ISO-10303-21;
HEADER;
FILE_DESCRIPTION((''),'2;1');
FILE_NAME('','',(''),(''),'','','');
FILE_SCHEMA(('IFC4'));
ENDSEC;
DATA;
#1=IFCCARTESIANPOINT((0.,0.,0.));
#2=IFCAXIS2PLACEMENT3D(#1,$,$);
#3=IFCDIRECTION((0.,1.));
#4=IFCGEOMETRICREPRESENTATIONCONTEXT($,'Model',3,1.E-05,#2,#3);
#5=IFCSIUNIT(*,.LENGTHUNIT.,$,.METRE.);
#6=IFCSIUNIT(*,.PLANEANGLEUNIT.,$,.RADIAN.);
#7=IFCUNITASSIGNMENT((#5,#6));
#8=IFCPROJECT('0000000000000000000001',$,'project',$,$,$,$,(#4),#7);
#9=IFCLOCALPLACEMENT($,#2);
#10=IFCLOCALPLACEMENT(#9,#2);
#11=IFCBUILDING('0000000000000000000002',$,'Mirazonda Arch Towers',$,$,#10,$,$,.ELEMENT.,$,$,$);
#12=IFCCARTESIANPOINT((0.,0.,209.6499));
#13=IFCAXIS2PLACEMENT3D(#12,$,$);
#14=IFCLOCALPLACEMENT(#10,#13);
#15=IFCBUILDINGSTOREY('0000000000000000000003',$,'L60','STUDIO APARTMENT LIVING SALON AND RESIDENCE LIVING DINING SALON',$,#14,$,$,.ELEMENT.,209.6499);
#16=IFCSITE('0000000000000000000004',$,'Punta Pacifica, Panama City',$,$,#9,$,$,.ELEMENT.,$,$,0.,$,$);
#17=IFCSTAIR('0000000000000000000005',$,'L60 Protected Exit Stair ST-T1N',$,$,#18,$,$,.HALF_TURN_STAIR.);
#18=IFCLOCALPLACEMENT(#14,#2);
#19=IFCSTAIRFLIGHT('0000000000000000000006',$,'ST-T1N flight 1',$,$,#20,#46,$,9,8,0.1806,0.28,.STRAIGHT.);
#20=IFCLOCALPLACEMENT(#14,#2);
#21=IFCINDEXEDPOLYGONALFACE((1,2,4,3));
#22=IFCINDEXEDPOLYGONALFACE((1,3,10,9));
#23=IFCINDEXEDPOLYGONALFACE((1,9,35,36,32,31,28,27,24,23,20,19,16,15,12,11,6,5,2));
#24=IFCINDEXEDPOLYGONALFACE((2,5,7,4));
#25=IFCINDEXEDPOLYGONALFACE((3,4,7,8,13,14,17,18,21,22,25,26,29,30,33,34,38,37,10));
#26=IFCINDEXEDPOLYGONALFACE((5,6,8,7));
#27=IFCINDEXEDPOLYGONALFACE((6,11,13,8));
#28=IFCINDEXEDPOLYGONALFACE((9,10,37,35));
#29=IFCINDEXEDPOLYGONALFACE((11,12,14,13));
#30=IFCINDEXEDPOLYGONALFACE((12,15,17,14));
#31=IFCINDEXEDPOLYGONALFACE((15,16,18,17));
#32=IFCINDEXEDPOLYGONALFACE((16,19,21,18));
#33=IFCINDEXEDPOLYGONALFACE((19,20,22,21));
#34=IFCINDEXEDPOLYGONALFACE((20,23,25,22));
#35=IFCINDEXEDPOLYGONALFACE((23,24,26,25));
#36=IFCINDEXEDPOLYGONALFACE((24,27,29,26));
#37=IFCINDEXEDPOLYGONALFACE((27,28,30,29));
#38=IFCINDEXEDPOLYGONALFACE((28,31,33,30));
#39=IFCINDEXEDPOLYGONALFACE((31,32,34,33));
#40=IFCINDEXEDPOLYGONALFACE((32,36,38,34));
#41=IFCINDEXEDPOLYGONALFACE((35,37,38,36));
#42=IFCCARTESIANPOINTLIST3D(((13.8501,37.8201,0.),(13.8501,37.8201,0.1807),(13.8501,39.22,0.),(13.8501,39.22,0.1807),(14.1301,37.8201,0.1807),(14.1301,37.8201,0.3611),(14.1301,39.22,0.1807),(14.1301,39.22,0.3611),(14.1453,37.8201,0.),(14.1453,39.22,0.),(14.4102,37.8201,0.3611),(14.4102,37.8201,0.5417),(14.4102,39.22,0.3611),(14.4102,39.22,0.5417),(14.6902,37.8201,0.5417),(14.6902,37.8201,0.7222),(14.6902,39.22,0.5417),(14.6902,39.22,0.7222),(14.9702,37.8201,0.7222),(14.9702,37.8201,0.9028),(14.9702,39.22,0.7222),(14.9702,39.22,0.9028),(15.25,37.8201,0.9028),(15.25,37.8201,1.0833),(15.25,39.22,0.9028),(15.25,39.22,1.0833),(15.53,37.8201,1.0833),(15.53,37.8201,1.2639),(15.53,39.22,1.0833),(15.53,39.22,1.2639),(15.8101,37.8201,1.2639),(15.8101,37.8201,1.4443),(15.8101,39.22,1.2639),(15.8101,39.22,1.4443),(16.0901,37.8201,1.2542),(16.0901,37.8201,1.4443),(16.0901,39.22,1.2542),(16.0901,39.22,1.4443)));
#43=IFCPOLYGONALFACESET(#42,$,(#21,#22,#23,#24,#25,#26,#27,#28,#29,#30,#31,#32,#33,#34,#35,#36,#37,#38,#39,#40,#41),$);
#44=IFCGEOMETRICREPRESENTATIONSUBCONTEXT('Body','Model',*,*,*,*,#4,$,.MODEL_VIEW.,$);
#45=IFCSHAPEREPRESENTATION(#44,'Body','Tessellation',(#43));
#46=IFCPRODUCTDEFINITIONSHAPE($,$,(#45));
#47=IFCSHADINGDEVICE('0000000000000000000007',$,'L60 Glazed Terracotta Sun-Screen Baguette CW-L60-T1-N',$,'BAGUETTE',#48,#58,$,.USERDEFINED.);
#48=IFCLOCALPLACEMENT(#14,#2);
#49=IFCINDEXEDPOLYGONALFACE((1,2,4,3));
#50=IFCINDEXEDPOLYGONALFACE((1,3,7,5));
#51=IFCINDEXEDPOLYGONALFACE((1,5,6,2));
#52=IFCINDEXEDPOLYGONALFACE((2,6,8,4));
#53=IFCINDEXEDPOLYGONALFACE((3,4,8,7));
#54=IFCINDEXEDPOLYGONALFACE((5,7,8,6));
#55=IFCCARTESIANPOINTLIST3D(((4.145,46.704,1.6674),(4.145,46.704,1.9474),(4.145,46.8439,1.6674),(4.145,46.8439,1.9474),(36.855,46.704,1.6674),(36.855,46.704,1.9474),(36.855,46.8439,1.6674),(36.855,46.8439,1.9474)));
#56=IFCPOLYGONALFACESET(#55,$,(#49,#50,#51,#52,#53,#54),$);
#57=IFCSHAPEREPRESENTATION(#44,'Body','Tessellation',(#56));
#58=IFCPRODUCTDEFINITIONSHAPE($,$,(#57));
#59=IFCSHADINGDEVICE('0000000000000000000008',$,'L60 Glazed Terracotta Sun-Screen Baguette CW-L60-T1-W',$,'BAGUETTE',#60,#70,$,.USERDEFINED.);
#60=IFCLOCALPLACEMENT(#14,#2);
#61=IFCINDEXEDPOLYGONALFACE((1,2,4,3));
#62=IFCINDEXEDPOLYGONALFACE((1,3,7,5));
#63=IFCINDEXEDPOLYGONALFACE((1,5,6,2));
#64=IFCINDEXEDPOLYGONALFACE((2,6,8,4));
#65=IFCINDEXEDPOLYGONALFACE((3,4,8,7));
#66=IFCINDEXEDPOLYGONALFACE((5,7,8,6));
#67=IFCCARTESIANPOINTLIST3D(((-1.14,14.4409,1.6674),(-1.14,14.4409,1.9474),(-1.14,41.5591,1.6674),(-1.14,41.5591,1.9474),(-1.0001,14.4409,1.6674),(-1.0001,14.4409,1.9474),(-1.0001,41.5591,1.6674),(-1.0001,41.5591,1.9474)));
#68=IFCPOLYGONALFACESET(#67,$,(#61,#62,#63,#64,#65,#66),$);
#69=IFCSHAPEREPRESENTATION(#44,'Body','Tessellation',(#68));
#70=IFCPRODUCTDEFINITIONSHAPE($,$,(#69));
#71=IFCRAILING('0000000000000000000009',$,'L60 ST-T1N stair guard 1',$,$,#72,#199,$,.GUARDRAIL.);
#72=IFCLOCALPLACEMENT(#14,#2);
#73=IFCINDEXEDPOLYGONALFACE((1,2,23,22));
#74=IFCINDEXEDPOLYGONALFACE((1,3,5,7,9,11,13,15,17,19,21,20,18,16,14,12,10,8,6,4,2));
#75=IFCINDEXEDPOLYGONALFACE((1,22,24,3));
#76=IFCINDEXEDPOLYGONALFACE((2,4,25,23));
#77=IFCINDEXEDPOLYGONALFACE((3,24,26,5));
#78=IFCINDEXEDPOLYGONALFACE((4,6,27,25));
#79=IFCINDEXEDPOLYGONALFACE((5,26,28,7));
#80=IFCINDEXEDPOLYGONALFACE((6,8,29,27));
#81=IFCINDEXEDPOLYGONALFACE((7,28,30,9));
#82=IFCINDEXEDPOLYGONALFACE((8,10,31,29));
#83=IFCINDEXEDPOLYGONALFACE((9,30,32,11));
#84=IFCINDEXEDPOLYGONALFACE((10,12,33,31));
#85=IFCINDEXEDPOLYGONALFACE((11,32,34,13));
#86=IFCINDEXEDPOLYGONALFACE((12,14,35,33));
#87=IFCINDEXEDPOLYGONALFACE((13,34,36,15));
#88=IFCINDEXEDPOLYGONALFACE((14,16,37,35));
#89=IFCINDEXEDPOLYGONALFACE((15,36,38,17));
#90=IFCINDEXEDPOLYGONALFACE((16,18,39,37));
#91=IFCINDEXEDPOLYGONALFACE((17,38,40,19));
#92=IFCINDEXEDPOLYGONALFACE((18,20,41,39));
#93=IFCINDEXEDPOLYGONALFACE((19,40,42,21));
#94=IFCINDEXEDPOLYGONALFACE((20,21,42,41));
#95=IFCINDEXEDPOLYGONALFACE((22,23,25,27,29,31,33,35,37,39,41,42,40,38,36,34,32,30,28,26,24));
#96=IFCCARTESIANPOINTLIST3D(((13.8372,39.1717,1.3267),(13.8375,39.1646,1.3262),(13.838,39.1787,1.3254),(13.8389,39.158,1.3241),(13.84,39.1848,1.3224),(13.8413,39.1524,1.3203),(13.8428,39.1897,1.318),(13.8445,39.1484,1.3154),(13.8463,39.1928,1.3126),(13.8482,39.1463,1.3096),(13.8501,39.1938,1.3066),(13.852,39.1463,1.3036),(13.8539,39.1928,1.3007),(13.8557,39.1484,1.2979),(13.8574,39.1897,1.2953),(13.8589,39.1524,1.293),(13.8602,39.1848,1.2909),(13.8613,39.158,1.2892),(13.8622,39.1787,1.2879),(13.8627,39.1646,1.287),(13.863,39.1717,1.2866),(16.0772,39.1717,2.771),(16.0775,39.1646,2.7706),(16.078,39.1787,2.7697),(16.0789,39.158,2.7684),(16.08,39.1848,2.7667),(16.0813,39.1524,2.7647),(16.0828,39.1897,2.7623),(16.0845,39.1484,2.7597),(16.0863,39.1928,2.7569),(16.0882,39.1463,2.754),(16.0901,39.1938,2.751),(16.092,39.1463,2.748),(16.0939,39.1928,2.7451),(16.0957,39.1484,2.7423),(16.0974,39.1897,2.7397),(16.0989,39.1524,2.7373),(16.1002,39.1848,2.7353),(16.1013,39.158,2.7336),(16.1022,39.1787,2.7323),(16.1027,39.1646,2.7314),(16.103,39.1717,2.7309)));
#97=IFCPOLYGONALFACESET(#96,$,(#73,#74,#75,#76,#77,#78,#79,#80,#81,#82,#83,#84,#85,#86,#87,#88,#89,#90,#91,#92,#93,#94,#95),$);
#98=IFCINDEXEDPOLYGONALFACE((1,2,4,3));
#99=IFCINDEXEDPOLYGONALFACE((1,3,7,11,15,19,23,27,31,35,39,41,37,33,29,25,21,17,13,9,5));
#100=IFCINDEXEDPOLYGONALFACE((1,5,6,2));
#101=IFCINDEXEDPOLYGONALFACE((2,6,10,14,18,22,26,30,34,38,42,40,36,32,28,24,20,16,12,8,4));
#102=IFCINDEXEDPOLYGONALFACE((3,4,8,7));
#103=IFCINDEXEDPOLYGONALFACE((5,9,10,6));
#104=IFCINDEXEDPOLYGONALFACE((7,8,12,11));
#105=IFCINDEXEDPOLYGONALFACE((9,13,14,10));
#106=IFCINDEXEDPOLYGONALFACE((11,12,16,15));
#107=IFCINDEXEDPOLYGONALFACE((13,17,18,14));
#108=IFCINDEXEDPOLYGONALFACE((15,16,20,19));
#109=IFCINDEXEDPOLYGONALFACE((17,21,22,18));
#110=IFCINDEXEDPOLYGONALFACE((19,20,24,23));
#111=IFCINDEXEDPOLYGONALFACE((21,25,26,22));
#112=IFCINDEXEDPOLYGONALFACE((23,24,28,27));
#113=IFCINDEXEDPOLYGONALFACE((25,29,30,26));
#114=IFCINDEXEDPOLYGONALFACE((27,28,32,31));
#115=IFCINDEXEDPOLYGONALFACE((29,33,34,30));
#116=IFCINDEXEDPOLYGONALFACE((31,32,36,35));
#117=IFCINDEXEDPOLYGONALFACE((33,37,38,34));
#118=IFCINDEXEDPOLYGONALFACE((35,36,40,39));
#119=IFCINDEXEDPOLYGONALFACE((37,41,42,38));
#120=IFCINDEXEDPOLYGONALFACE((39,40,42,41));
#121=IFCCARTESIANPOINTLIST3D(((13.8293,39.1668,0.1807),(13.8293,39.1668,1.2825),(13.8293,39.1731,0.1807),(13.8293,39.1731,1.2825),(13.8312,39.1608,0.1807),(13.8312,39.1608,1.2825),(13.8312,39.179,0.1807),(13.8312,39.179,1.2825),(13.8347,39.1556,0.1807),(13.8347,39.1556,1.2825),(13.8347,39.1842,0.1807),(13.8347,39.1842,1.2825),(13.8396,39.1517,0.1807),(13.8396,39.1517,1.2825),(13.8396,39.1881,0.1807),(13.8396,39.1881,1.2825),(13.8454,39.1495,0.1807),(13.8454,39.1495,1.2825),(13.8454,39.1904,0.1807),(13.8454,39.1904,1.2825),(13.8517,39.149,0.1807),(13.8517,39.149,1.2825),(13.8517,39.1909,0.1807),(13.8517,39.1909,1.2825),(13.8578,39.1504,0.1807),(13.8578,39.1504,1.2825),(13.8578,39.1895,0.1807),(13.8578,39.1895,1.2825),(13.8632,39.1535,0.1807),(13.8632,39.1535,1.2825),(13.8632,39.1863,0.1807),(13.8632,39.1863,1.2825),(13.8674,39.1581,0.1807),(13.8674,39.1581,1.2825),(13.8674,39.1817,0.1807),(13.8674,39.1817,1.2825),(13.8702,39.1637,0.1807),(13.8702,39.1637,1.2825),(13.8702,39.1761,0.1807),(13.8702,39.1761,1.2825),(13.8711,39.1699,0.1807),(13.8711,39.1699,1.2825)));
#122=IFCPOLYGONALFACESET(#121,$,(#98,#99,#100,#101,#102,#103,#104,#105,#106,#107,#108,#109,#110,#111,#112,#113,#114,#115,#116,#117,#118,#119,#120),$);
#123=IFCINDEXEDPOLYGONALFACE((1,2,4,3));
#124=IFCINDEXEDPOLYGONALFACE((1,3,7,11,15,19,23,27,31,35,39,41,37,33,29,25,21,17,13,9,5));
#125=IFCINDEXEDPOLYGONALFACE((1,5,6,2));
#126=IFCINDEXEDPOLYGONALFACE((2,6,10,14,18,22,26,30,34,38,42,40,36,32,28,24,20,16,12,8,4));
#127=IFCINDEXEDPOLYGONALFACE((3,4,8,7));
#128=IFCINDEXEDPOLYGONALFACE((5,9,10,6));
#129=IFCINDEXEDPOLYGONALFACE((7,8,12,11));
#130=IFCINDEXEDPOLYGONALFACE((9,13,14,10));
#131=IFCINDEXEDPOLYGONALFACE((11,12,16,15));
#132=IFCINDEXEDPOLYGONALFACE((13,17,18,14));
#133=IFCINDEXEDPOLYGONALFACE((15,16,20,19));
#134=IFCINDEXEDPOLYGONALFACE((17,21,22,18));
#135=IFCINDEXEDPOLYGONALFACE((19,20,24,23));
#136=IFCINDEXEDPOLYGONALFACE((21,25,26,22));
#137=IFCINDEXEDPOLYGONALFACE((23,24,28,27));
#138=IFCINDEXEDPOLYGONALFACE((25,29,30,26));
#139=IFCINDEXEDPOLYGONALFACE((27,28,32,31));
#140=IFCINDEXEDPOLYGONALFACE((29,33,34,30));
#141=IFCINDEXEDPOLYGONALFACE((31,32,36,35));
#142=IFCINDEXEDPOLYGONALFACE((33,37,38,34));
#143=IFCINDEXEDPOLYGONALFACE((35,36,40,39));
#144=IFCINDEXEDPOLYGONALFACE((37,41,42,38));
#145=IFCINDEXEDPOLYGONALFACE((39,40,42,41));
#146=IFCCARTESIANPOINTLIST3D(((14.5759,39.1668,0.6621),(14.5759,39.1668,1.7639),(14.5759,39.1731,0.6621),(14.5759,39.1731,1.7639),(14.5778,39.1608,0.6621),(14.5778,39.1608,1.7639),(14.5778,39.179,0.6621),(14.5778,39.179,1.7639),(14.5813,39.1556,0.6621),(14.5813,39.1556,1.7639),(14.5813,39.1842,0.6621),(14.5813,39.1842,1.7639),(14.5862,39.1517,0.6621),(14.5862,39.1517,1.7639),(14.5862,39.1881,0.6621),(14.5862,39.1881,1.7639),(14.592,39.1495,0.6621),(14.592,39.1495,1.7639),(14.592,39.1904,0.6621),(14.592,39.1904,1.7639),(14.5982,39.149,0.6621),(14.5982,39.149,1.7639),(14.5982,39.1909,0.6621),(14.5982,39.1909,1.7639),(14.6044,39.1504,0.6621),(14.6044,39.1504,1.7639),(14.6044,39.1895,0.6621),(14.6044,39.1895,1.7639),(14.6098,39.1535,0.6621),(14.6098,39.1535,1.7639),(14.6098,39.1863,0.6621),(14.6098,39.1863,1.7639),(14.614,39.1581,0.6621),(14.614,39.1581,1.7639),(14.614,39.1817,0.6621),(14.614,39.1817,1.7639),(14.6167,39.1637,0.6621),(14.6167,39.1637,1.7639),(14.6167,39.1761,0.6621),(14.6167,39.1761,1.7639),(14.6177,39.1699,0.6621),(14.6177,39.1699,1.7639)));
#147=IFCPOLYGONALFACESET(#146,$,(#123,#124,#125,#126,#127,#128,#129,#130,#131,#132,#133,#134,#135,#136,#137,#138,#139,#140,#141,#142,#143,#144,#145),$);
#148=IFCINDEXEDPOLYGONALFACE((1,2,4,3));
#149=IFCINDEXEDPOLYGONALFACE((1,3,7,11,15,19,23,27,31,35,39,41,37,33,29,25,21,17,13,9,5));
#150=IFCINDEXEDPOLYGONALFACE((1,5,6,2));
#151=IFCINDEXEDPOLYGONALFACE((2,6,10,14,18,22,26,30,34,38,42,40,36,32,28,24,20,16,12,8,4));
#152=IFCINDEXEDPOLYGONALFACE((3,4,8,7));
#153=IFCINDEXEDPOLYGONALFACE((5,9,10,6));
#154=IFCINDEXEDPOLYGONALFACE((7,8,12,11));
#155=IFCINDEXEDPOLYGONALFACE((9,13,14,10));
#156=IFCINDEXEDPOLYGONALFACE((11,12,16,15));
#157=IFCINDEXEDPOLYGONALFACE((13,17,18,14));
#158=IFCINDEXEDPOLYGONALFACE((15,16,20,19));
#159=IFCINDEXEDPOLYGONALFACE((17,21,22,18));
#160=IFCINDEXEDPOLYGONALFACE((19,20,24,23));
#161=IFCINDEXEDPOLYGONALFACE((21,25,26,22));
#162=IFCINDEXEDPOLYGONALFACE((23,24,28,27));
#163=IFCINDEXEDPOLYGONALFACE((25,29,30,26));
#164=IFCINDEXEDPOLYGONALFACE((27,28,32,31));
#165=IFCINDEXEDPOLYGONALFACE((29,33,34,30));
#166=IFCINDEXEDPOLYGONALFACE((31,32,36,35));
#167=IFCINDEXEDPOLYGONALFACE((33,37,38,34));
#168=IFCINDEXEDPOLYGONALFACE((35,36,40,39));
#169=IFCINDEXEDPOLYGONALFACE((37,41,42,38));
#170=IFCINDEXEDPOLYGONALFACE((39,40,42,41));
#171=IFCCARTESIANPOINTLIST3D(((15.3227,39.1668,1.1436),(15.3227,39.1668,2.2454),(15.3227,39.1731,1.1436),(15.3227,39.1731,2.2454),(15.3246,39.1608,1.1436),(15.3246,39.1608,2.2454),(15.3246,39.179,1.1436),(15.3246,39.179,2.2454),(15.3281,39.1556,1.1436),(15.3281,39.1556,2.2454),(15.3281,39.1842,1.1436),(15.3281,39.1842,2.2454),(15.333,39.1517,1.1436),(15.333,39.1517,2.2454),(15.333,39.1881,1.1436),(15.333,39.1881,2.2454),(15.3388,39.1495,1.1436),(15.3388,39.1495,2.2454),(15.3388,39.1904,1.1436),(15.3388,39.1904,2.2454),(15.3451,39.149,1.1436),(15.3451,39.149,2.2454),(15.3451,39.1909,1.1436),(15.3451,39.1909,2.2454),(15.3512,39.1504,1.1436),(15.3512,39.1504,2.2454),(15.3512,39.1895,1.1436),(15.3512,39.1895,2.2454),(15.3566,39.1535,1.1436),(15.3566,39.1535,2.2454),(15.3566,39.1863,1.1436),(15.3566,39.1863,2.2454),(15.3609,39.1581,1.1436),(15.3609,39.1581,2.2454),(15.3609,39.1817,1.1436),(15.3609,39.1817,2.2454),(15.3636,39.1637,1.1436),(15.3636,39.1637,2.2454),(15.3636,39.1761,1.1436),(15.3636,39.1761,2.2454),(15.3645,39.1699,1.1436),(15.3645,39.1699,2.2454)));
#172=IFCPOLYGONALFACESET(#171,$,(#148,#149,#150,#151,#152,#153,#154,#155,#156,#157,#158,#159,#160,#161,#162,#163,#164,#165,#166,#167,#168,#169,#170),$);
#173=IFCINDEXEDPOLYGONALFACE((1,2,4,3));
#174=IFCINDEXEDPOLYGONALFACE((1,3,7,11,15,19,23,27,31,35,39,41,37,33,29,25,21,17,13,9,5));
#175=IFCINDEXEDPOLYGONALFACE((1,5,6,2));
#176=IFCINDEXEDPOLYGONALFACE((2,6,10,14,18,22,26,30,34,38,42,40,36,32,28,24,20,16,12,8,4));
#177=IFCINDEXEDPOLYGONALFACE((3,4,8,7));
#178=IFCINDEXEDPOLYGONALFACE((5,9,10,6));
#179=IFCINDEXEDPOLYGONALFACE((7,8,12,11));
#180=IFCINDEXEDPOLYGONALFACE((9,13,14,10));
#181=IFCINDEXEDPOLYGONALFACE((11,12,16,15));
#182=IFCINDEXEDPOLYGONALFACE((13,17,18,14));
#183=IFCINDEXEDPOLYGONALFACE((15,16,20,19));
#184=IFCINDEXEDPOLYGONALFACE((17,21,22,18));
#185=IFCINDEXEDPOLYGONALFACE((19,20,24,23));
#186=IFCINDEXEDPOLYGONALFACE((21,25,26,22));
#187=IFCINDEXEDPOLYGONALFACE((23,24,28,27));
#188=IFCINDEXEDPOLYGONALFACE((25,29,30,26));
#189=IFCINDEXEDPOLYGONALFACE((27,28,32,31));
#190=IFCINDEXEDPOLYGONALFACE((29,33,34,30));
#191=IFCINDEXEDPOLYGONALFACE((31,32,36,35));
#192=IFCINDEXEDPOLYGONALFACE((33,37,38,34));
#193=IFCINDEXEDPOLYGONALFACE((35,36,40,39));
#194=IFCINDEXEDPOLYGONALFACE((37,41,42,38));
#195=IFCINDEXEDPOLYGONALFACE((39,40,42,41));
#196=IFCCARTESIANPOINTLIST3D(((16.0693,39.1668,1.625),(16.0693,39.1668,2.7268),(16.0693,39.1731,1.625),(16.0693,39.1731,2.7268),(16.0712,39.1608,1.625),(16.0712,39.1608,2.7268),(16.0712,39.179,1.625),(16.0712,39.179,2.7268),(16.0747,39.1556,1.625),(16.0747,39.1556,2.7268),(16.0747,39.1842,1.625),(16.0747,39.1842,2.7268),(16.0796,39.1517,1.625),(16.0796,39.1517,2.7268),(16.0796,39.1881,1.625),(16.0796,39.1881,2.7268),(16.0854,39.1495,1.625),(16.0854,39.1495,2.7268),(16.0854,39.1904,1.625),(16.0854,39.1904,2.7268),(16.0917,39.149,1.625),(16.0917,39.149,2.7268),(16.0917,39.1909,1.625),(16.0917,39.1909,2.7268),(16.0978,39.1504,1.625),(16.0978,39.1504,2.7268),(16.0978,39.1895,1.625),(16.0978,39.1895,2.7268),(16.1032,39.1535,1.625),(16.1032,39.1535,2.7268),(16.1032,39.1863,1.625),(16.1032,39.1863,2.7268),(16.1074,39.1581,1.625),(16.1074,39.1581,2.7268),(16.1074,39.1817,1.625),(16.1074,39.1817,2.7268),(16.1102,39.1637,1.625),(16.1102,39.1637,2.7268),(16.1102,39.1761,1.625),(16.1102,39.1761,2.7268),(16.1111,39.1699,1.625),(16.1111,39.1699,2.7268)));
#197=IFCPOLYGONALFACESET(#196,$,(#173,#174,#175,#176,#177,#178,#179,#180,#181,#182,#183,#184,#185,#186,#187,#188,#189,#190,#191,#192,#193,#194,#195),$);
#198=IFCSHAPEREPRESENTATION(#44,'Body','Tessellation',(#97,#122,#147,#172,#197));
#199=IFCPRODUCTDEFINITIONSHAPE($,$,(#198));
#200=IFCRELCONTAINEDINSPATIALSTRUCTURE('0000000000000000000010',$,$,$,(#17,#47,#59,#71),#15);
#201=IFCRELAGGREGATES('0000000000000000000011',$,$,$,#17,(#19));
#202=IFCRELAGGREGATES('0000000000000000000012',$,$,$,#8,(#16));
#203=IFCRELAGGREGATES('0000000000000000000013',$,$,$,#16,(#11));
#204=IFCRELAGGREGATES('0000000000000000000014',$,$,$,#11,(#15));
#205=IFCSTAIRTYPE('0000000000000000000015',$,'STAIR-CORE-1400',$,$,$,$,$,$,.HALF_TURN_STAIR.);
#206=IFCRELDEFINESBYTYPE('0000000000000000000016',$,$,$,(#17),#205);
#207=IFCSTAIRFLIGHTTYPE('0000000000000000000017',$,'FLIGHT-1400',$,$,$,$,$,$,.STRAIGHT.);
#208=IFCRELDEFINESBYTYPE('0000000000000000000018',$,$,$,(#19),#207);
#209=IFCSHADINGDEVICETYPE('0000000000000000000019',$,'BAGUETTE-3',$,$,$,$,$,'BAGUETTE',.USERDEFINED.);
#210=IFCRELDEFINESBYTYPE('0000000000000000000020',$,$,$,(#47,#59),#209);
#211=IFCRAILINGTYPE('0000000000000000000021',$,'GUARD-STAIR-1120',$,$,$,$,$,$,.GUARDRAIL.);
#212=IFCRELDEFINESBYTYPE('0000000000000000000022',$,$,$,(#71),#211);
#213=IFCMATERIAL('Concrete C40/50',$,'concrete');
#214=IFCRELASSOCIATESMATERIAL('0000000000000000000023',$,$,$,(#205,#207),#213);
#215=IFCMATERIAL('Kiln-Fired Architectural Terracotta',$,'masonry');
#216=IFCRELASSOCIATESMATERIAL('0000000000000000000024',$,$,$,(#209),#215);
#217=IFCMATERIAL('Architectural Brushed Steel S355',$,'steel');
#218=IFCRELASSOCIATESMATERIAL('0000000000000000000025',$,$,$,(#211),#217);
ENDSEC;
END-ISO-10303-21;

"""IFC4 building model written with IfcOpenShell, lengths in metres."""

from ifc_helpers import new_model, si_unit, direction, frame, origin, origin_2d, place, context, subcontext, project, spatial, polyline, rectangle, circle, outline, extrude, material, material_profile, profile_set, type_object, element, aggregate, save


model = new_model("IFC4")

# Units and contexts
model_context = context("Model", 3, precision=1e-05, world=origin(), true_north=direction((0.0, 1.0)))
body_context = subcontext(model_context, "Body", "Model", "MODEL_VIEW")
ifc_project = project(units=[si_unit("LENGTHUNIT", "METRE"), si_unit("PLANEANGLEUNIT", "RADIAN")], contexts=[model_context])

# Site, building, storey
site_placement = place(None, origin())
site = spatial("IfcSite", under=ifc_project, at=site_placement, Name="Punta Pacifica, Panama City", CompositionType="ELEMENT", RefElevation=0.0)
building_placement = place(site_placement, origin())
building = spatial("IfcBuilding", under=site, at=building_placement, Name="Mirazonda Arch Towers", CompositionType="ELEMENT")
storey_placement = place(building_placement, frame((0.0, 0.0, 209.6499)))
storey = spatial("IfcBuildingStorey", under=building, at=storey_placement, Name="L60", Description="STUDIO APARTMENT LIVING SALON AND RESIDENCE LIVING DINING SALON", CompositionType="ELEMENT", Elevation=209.6499)

# Shared definitions
ifc_material_1 = material(Name="Architectural Brushed Steel S355", Category="steel")

# Stair, stair flight
ifc_material_2 = material(Name="Concrete C40/50", Category="concrete")
stair_type = type_object("IfcStairType", Name="STAIR-CORE-1400", PredefinedType="HALF_TURN_STAIR", material=ifc_material_2)
stair_placement = place(storey_placement, origin())
stair = element("IfcStair", 1, at=stair_placement, inside=storey, type_object=stair_type, Name="L60 Protected Exit Stair ST-T1N", PredefinedType="HALF_TURN_STAIR")
stair_flight_type = type_object("IfcStairFlightType", Name="FLIGHT-1400", PredefinedType="STRAIGHT", material=ifc_material_2)
stair_flight_placement = place(storey_placement, frame((13.8501, 38.52, 0.0), z_axis=(0.0, 0.0, 1.0), x_axis=(1.0, 0.0, 0.0)))
stair_flight = element("IfcStairFlight", 2, at=stair_flight_placement, type_object=stair_flight_type, Name="ST-T1N flight 1", NumberOfRisers=9, NumberOfTreads=8, PredefinedType="STRAIGHT", RiserHeight=0.1806, TreadLength=0.28, context=body_context, shape_type="SweptSolid", body=[
    extrude(outline(polyline([(0.0, 0.0), (0.0, 0.1807), (0.28, 0.1807), (0.28, 0.3611), (0.5601, 0.3611), (0.5601, 0.5417), (0.8401, 0.5417), (0.8401, 0.7222), (1.1201, 0.7222), (1.1201, 0.9028), (1.3999, 0.9028), (1.3999, 1.0833), (1.6799, 1.0833), (1.6799, 1.2639), (1.96, 1.2639), (1.96, 1.4443), (2.24, 1.4443), (2.24, 1.625), (2.24, 1.2542), (0.2952, 0.0), (0.0, 0.0)])), frame((0.0, 0.7, 0.0), z_axis=(0.0, -1.0, 0.0), x_axis=(1.0, 0.0, 0.0)), (0.0, 0.0, 1.0), 1.3999),
])
aggregate(stair, [stair_flight])

# Shading devices
ifc_material_3 = material(Name="Kiln-Fired Architectural Terracotta", Category="masonry")
ifc_material_profile_1 = material_profile(ifc_material_3, rectangle(XDim=0.1399, YDim=0.28, at=origin_2d()), Name="TERRA-BAG-140x280")
ifc_profile_set_1 = profile_set([ifc_material_profile_1], Name="Kiln-Fired Architectural Terracotta")
shading_device_type = type_object("IfcShadingDeviceType", Name="BAGUETTE-3", ElementType="BAGUETTE", PredefinedType="USERDEFINED", material=ifc_profile_set_1)
shading_device_1_placement = place(storey_placement, frame((4.145, 46.7739, 1.8074), z_axis=(1.0, 0.0, 0.0), x_axis=(0.0, 1.0, 0.0)))
element("IfcShadingDevice", 3, at=shading_device_1_placement, inside=storey, type_object=shading_device_type, Name="L60 Glazed Terracotta Sun-Screen Baguette CW-L60-T1-N", ObjectType="BAGUETTE", PredefinedType="USERDEFINED", context=body_context, shape_type="SweptSolid", body=[
    extrude(rectangle(XDim=0.1399, YDim=0.28, at=origin_2d()), origin(), (0.0, 0.0, 1.0), 32.71),
])
shading_device_2_placement = place(storey_placement, frame((-1.0701, 41.5591, 1.8074), z_axis=(0.0, -1.0, 0.0), x_axis=(1.0, 0.0, 0.0)))
element("IfcShadingDevice", 4, at=shading_device_2_placement, inside=storey, type_object=shading_device_type, Name="L60 Glazed Terracotta Sun-Screen Baguette CW-L60-T1-W", ObjectType="BAGUETTE", PredefinedType="USERDEFINED", context=body_context, shape_type="SweptSolid", body=[
    extrude(rectangle(XDim=0.1399, YDim=0.28, at=origin_2d()), origin(), (0.0, 0.0, 1.0), 27.1182),
])

# Railing
railing_type_1 = type_object("IfcRailingType", Name="GUARD-STAIR-1120", PredefinedType="GUARDRAIL", material=ifc_material_1)
railing_1_placement = place(storey_placement, frame((13.8501, 39.1699, 0.1807)))
element("IfcRailing", 5, at=railing_1_placement, inside=storey, type_object=railing_type_1, Name="L60 ST-T1N stair guard 1", PredefinedType="GUARDRAIL", context=body_context, shape_type="SweptSolid", body=[
    extrude(circle(Radius=0.0239, at=origin_2d()), frame((0.0, 0.0, 1.126), z_axis=(0.840437, 0.0, 0.54191), x_axis=(0.0, 1.0, 0.0)), (0.0, 0.0, 1.0), 2.6653),
    extrude(circle(Radius=0.021, at=origin_2d()), origin(), (0.0, 0.0, 1.0), 1.1018),
    extrude(circle(Radius=0.021, at=origin_2d()), frame((0.7466, 0.0, 0.4814)), (0.0, 0.0, 1.0), 1.1018),
    extrude(circle(Radius=0.021, at=origin_2d()), frame((1.4934, 0.0, 0.9629)), (0.0, 0.0, 1.0), 1.1018),
    extrude(circle(Radius=0.021, at=origin_2d()), frame((2.24, 0.0, 1.4443)), (0.0, 0.0, 1.0), 1.1018),
])

save(model, "model.ifc")
